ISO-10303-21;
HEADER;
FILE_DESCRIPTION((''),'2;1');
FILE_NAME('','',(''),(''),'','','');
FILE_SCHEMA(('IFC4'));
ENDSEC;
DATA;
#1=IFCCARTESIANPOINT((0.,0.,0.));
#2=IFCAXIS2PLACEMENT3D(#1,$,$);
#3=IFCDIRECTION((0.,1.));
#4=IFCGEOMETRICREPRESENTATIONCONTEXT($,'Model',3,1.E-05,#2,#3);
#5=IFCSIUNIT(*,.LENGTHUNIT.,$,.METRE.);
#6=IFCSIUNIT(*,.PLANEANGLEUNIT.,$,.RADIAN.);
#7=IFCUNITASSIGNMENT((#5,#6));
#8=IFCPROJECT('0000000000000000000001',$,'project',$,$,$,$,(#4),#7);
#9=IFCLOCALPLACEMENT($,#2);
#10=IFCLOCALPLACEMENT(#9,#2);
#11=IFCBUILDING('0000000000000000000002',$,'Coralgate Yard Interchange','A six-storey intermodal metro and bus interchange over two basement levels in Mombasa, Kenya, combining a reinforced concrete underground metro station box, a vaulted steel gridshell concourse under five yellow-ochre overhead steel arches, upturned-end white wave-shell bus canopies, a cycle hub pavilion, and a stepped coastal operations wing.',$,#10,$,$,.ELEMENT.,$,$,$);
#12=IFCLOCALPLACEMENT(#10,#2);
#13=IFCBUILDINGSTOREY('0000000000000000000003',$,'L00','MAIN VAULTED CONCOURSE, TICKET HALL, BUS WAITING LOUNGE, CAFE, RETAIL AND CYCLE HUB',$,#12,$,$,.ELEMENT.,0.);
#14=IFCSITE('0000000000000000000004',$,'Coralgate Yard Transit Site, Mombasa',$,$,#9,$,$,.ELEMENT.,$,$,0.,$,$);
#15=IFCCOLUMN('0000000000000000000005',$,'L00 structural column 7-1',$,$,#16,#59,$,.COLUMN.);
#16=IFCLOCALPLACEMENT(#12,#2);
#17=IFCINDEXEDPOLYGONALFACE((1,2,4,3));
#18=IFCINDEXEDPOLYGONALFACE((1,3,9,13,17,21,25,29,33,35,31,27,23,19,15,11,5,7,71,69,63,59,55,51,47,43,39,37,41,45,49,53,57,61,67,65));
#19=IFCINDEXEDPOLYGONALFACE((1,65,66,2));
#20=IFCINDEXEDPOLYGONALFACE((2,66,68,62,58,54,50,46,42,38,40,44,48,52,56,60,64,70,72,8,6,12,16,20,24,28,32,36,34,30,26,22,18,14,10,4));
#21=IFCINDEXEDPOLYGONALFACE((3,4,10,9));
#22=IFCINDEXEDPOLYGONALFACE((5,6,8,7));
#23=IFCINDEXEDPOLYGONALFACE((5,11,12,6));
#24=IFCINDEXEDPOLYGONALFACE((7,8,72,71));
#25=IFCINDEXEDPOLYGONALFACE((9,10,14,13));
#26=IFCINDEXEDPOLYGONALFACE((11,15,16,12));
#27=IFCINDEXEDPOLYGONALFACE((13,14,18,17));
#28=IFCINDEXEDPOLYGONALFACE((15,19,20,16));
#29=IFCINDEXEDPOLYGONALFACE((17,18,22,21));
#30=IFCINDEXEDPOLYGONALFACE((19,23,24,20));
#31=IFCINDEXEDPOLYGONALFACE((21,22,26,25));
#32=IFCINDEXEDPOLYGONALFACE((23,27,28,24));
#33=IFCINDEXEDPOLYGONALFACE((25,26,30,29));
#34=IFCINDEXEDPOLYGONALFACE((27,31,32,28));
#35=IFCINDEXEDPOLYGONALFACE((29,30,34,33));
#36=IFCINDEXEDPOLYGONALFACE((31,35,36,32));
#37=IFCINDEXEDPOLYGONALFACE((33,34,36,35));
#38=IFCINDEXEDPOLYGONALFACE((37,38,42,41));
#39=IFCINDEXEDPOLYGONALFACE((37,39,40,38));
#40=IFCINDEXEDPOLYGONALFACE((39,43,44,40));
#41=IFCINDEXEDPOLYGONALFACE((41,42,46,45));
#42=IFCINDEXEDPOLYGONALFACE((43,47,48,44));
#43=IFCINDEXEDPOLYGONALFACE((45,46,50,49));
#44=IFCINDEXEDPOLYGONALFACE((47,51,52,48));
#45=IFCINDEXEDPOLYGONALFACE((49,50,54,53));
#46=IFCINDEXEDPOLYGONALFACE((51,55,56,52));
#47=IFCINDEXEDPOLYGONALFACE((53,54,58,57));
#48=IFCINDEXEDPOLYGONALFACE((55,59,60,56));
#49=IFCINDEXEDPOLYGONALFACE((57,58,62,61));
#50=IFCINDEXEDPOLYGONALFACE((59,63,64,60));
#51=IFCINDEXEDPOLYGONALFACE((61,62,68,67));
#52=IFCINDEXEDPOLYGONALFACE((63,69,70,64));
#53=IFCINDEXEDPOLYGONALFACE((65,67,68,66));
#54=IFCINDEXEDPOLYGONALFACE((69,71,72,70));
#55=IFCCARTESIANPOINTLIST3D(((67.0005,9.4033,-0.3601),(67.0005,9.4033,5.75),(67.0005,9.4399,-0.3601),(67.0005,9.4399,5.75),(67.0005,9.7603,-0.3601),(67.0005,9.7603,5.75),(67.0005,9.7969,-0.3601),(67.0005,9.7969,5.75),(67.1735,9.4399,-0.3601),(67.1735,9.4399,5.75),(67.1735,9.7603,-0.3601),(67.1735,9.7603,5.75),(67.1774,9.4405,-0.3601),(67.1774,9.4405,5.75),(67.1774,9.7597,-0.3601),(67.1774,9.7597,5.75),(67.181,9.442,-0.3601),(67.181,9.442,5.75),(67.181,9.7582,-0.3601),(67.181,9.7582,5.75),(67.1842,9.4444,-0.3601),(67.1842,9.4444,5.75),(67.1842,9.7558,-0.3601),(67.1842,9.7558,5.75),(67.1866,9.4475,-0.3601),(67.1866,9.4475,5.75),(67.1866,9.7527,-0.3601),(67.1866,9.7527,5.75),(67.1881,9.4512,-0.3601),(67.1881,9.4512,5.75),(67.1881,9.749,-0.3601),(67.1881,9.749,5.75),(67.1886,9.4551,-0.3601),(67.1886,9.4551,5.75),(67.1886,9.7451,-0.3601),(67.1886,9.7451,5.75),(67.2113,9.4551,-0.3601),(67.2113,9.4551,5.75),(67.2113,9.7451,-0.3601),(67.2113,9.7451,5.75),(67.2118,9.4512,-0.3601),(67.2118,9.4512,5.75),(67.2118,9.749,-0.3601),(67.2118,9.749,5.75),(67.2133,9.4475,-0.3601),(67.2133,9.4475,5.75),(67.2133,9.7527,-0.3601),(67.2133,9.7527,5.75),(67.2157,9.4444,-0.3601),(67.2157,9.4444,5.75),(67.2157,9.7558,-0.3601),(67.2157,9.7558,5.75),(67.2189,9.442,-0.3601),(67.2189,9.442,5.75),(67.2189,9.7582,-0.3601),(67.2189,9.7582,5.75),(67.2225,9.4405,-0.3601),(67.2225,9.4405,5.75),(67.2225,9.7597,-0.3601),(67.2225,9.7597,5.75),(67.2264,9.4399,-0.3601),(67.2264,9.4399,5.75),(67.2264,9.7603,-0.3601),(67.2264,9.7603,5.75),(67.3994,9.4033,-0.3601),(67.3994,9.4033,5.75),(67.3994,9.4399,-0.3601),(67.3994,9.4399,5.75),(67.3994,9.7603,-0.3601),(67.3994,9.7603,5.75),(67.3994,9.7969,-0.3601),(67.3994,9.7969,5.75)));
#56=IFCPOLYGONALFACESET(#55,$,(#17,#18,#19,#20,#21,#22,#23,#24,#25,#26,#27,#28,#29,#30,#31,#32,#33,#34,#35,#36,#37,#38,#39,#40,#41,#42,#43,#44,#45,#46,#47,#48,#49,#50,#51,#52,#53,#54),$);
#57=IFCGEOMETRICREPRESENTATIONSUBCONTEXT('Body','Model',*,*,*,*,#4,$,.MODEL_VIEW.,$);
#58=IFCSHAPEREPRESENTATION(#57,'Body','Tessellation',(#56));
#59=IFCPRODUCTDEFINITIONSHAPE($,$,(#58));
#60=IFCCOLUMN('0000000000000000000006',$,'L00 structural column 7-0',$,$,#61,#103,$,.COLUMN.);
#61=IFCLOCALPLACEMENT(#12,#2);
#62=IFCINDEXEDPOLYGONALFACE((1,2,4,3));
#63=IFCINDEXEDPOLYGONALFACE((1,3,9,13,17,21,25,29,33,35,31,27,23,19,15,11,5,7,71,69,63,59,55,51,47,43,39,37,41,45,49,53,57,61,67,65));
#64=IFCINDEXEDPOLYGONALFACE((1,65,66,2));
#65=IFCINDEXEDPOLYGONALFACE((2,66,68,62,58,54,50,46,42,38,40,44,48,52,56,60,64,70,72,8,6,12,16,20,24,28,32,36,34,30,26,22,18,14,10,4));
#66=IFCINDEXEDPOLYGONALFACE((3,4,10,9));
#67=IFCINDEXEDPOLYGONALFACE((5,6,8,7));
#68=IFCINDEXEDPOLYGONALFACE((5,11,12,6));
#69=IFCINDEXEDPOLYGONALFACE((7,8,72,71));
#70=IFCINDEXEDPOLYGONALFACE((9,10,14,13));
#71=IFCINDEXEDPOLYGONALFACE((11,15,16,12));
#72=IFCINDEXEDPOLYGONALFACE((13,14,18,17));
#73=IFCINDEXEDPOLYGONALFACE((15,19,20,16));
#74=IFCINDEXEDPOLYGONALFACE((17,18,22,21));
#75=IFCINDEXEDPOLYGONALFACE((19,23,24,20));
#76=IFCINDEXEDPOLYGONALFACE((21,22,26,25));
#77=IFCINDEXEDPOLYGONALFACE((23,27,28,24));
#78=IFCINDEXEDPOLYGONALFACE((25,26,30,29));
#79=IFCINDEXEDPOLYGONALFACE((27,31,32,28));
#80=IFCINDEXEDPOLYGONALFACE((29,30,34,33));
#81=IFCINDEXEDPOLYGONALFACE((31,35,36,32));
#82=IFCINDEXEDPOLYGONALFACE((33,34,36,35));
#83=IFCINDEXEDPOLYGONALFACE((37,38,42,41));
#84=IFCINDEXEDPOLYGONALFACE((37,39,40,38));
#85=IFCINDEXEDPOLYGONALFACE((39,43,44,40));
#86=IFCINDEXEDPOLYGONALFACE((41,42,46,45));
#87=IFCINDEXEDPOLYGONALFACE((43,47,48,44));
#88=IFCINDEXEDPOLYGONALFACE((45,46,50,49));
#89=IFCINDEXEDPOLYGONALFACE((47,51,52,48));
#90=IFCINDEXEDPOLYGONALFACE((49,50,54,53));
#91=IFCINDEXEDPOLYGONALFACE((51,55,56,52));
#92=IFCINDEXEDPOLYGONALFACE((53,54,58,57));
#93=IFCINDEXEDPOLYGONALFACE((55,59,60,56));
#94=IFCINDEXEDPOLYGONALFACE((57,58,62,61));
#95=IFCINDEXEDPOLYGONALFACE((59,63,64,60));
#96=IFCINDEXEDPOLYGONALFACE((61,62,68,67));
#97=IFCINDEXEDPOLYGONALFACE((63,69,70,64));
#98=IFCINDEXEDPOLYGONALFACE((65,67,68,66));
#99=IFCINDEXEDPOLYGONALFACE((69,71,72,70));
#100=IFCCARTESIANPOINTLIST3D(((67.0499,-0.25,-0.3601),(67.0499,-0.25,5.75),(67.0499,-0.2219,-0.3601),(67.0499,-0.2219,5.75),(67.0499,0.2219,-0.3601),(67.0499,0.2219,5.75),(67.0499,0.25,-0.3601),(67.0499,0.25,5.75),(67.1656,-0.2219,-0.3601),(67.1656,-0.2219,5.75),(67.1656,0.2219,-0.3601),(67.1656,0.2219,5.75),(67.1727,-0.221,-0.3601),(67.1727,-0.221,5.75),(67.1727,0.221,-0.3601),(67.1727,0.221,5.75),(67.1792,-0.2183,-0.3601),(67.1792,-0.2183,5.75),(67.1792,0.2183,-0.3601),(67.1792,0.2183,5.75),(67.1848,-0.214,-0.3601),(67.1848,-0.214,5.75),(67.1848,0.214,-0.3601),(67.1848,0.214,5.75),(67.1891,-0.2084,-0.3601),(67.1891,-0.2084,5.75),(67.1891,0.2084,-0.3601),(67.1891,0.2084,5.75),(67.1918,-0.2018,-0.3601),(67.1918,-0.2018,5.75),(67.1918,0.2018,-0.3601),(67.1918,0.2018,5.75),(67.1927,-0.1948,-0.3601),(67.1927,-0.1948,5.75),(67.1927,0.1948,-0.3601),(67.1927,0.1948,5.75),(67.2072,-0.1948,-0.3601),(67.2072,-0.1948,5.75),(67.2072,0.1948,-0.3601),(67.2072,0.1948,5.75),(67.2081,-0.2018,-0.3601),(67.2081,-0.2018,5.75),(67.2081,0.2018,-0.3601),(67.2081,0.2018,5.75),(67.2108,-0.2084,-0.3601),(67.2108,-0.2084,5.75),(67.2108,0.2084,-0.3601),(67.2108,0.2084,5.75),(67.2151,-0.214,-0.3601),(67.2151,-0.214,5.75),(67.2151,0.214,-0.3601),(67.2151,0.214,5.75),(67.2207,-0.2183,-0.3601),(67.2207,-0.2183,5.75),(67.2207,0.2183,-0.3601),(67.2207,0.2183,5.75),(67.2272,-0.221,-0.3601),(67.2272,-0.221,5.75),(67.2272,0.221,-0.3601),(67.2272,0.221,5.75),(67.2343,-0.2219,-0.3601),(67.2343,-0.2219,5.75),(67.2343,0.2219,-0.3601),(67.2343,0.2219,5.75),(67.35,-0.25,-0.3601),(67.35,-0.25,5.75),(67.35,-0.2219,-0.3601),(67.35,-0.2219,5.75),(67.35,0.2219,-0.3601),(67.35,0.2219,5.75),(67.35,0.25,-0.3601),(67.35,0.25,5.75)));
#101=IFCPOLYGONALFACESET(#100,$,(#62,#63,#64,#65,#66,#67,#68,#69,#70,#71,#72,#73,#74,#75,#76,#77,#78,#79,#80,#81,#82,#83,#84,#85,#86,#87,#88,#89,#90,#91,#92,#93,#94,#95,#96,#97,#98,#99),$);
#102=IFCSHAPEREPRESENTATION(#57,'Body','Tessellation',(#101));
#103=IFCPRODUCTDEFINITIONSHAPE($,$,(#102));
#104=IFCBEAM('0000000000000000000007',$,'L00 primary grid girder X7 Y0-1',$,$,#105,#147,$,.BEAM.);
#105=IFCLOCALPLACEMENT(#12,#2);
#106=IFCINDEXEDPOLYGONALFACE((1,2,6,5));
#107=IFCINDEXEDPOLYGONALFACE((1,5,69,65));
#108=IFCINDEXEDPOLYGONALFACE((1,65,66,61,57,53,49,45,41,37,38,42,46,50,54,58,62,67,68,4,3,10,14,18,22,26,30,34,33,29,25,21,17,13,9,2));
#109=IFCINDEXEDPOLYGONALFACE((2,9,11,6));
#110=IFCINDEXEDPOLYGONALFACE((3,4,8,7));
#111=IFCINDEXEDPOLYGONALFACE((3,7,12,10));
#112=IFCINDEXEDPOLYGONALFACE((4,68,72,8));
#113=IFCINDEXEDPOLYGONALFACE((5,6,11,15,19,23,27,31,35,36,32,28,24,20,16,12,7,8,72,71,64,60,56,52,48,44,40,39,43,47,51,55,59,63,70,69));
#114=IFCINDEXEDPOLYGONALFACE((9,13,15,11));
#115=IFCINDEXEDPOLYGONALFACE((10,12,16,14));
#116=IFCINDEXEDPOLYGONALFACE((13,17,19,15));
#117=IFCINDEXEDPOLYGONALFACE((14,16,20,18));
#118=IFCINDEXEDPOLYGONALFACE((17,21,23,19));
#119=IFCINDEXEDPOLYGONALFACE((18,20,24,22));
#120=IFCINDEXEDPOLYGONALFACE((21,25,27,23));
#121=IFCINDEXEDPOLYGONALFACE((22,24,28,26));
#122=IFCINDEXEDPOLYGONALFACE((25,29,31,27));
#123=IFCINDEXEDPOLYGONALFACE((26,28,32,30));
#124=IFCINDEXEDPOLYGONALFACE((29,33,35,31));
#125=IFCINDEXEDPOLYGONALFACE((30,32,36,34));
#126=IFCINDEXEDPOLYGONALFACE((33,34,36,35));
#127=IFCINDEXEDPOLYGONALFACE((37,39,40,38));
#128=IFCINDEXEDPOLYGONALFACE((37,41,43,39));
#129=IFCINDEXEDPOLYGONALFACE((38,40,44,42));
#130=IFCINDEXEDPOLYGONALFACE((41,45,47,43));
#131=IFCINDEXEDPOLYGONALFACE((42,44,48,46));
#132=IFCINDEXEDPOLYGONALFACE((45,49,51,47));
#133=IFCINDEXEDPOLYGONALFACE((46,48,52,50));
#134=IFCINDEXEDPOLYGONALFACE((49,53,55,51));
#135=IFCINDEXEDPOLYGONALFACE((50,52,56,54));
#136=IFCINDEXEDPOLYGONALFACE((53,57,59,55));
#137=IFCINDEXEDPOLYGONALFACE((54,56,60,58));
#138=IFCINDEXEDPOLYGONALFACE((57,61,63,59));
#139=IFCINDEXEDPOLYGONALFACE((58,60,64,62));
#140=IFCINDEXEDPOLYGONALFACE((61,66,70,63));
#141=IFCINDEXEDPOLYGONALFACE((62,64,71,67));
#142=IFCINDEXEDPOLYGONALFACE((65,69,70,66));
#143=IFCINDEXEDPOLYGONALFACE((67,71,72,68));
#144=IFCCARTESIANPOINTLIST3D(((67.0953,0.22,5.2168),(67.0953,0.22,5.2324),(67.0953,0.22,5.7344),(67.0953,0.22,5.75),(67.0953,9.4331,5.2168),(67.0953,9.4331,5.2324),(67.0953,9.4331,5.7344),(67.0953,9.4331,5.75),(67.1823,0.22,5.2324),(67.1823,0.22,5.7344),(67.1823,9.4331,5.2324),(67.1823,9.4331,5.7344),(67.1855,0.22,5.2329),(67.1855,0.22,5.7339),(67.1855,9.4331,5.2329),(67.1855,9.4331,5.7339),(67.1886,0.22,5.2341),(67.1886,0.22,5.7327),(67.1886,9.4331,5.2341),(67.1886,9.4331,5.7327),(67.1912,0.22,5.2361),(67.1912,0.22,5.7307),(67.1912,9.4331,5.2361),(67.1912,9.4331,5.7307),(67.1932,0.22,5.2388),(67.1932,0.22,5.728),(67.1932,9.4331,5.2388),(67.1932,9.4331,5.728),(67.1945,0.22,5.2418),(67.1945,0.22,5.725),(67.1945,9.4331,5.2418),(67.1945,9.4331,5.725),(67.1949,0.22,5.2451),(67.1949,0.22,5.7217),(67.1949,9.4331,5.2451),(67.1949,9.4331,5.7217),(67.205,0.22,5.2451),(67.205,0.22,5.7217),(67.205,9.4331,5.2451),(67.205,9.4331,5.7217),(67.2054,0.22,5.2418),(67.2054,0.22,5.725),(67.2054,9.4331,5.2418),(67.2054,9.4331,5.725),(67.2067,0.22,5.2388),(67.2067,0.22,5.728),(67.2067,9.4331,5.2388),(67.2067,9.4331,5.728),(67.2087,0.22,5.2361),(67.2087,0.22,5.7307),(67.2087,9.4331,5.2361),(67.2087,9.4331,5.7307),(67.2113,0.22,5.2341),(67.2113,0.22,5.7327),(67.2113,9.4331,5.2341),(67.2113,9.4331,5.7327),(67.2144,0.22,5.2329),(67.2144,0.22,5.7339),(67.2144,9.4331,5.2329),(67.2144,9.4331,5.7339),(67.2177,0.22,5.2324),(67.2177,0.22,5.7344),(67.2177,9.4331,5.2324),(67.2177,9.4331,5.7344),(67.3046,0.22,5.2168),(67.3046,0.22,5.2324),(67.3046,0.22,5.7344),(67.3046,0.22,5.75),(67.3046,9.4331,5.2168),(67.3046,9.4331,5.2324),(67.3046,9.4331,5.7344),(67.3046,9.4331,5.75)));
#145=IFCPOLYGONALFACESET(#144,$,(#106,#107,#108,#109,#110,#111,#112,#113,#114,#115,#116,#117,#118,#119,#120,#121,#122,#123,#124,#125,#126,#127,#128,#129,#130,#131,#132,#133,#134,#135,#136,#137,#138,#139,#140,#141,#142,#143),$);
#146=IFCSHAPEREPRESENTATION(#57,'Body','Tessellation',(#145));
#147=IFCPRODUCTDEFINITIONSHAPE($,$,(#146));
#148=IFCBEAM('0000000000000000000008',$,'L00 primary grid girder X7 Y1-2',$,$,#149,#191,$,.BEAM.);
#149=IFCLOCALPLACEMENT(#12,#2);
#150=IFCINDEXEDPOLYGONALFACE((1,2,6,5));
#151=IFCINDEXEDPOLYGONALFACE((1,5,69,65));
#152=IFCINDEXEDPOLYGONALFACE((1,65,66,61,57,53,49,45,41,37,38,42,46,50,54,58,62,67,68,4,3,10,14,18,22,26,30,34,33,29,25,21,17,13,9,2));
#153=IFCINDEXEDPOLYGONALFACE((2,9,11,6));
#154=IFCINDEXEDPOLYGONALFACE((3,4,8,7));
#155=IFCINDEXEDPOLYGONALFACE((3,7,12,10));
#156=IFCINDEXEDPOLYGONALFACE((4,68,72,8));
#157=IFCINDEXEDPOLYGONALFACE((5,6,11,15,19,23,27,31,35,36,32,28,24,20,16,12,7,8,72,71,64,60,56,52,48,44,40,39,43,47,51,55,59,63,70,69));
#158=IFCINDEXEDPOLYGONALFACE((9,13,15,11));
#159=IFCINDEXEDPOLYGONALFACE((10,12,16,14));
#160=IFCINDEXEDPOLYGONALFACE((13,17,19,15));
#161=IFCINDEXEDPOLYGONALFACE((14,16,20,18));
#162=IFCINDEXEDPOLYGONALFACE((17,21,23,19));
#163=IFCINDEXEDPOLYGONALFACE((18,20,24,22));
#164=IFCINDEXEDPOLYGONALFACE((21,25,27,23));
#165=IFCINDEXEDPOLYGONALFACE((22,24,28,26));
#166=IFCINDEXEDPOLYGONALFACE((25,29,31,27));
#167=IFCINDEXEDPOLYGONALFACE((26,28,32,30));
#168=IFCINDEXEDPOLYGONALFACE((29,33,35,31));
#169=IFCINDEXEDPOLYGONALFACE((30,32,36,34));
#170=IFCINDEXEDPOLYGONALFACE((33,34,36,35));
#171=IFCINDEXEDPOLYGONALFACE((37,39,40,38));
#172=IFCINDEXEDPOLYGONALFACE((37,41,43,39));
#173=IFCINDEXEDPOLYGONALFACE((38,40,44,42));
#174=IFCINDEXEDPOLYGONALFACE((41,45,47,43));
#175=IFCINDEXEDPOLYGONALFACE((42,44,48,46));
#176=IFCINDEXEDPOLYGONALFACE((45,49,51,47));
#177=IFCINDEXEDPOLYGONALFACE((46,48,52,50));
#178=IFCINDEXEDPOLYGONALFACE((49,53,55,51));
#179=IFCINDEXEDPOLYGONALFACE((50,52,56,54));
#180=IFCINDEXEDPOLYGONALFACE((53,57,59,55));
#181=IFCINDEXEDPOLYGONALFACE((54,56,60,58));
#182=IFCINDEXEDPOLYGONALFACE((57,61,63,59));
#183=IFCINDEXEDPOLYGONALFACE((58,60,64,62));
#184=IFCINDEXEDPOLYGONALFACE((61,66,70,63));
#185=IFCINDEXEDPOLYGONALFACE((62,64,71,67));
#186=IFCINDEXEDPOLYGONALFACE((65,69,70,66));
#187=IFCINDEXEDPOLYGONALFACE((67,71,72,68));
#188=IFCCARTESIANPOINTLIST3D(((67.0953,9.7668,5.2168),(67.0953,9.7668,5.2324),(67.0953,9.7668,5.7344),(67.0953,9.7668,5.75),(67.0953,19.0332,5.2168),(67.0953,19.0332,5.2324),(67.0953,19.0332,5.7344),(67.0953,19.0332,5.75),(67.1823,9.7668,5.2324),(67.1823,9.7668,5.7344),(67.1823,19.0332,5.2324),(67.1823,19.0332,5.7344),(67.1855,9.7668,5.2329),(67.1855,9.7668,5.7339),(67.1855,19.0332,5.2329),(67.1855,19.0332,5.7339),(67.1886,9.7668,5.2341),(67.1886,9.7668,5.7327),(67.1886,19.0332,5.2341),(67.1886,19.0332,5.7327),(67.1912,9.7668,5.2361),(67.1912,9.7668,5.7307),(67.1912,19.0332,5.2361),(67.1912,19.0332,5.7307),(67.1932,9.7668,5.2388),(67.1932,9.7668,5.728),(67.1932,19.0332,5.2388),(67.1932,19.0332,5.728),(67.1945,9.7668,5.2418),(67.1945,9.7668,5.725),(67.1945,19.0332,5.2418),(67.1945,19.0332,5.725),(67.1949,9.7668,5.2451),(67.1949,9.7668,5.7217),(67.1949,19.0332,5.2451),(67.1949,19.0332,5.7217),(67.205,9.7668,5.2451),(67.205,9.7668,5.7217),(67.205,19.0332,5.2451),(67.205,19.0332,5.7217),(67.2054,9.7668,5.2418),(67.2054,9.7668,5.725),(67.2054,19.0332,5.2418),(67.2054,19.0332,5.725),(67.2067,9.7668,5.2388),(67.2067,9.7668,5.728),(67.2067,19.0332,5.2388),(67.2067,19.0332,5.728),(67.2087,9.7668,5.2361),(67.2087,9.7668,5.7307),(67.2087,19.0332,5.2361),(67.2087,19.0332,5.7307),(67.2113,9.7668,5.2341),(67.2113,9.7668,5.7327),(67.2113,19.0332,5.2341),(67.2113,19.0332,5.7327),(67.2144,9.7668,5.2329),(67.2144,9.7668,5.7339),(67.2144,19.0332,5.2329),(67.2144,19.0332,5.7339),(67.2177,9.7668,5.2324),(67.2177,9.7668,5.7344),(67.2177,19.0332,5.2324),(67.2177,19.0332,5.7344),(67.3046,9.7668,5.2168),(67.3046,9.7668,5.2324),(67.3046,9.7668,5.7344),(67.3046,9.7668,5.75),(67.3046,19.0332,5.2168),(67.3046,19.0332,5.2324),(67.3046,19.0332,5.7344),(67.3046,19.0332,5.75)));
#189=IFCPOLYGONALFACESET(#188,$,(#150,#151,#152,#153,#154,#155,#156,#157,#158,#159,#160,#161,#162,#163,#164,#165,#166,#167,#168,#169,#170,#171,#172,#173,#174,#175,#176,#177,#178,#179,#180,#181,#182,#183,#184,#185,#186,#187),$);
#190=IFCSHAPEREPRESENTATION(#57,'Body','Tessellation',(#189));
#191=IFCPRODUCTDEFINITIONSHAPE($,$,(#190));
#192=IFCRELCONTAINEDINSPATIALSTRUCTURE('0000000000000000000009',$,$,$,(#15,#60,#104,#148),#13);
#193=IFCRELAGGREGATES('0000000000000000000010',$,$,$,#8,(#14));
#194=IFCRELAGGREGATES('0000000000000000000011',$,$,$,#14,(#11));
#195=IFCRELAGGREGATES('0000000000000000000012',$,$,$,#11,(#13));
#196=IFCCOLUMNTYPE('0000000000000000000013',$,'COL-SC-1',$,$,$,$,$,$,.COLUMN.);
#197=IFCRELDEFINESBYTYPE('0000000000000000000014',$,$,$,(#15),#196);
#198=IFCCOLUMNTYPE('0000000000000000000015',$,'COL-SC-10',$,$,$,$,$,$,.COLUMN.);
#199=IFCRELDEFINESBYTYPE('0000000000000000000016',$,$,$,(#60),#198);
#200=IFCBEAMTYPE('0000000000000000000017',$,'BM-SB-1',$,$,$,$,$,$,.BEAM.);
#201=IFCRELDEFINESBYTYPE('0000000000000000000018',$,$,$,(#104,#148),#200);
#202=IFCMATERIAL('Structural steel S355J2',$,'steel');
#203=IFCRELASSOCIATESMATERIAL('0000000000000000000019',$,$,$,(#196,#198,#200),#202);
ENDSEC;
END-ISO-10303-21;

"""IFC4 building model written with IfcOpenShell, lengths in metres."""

from ifc_helpers import new_model, si_unit, direction, frame, origin, origin_2d, place, context, subcontext, project, spatial, i_section, extrude, material, material_profile, profile_set, type_object, element, save


model = new_model("IFC4")

# Units and contexts
model_context = context("Model", 3, precision=1e-05, world=origin(), true_north=direction((0.0, 1.0)))
body_context = subcontext(model_context, "Body", "Model", "MODEL_VIEW")
ifc_project = project(units=[si_unit("LENGTHUNIT", "METRE"), si_unit("PLANEANGLEUNIT", "RADIAN")], contexts=[model_context])

# Site, building, storey
site_placement = place(None, origin())
site = spatial("IfcSite", under=ifc_project, at=site_placement, Name="Coralgate Yard Transit Site, Mombasa", CompositionType="ELEMENT", RefElevation=0.0)
building_placement = place(site_placement, origin())
building = spatial("IfcBuilding", under=site, at=building_placement, Name="Coralgate Yard Interchange", Description="A six-storey intermodal metro and bus interchange over two basement levels in Mombasa, Kenya, combining a reinforced concrete underground metro station box, a vaulted steel gridshell concourse under five yellow-ochre overhead steel arches, upturned-end white wave-shell bus canopies, a cycle hub pavilion, and a stepped coastal operations wing.", CompositionType="ELEMENT")
storey_placement = place(building_placement, origin())
storey = spatial("IfcBuildingStorey", under=building, at=storey_placement, Name="L00", Description="MAIN VAULTED CONCOURSE, TICKET HALL, BUS WAITING LOUNGE, CAFE, RETAIL AND CYCLE HUB", CompositionType="ELEMENT", Elevation=0.0)

# Columns
ifc_material_1 = material(Name="Structural steel S355J2", Category="steel")
ifc_material_profile_1 = material_profile(ifc_material_1, i_section(OverallWidth=0.3989, OverallDepth=0.3936, WebThickness=0.0227, FlangeThickness=0.0366, FilletRadius=0.0151, at=origin_2d()), Name="UC 356x406x287")
ifc_profile_set_1 = profile_set([ifc_material_profile_1], Name="Structural steel S355J2")
column_type_1 = type_object("IfcColumnType", Name="COL-SC-1", PredefinedType="COLUMN", material=ifc_profile_set_1)
column_1_placement = place(storey_placement, frame((67.2, 9.6001, -0.3601), z_axis=(0.0, 0.0, 1.0), x_axis=(1.0, 0.0, 0.0)))
element("IfcColumn", 1, at=column_1_placement, inside=storey, type_object=column_type_1, Name="L00 structural column 7-1", PredefinedType="COLUMN", context=body_context, shape_type="SweptSolid", body=[
    extrude(i_section(OverallWidth=0.3989, OverallDepth=0.3936, WebThickness=0.0227, FlangeThickness=0.0366, FilletRadius=0.0151, at=origin_2d()), origin(), (0.0, 0.0, 1.0), 6.1101),
])
ifc_material_profile_2 = material_profile(ifc_material_1, i_section(OverallWidth=0.3, OverallDepth=0.5, WebThickness=0.0144, FlangeThickness=0.0281, FilletRadius=0.0271, at=origin_2d()), Name="HEB 500")
ifc_profile_set_2 = profile_set([ifc_material_profile_2], Name="Structural steel S355J2")
column_type_2 = type_object("IfcColumnType", Name="COL-SC-10", PredefinedType="COLUMN", material=ifc_profile_set_2)
column_2_placement = place(storey_placement, frame((67.2, 0.0, -0.3601), z_axis=(0.0, 0.0, 1.0), x_axis=(1.0, 0.0, 0.0)))
element("IfcColumn", 2, at=column_2_placement, inside=storey, type_object=column_type_2, Name="L00 structural column 7-0", PredefinedType="COLUMN", context=body_context, shape_type="SweptSolid", body=[
    extrude(i_section(OverallWidth=0.3, OverallDepth=0.5, WebThickness=0.0144, FlangeThickness=0.0281, FilletRadius=0.0271, at=origin_2d()), origin(), (0.0, 0.0, 1.0), 6.1101),
])

# Beams
ifc_material_profile_3 = material_profile(ifc_material_1, i_section(OverallWidth=0.2092, OverallDepth=0.5332, WebThickness=0.01, FlangeThickness=0.0156, FilletRadius=0.0127, at=origin_2d()), Name="UB 533x210x92")
ifc_profile_set_3 = profile_set([ifc_material_profile_3], Name="Structural steel S355J2")
beam_type_1 = type_object("IfcBeamType", Name="BM-SB-1", PredefinedType="BEAM", material=ifc_profile_set_3)
beam_1_placement = place(storey_placement, frame((67.2, 0.22, 5.4834), z_axis=(0.0, 1.0, 0.0), x_axis=(-1.0, 0.0, 0.0)))
element("IfcBeam", 3, at=beam_1_placement, inside=storey, type_object=beam_type_1, Name="L00 primary grid girder X7 Y0-1", PredefinedType="BEAM", context=body_context, shape_type="SweptSolid", body=[
    extrude(i_section(OverallWidth=0.2092, OverallDepth=0.5332, WebThickness=0.01, FlangeThickness=0.0156, FilletRadius=0.0127, at=origin_2d()), origin(), (0.0, 0.0, 1.0), 9.2131),
])
beam_2_placement = place(storey_placement, frame((67.2, 9.7668, 5.4834), z_axis=(0.0, 1.0, 0.0), x_axis=(-1.0, 0.0, 0.0)))
element("IfcBeam", 4, at=beam_2_placement, inside=storey, type_object=beam_type_1, Name="L00 primary grid girder X7 Y1-2", PredefinedType="BEAM", context=body_context, shape_type="SweptSolid", body=[
    extrude(i_section(OverallWidth=0.2092, OverallDepth=0.5332, WebThickness=0.01, FlangeThickness=0.0156, FilletRadius=0.0127, at=origin_2d()), origin(), (0.0, 0.0, 1.0), 9.2664),
])

save(model, "model.ifc")
